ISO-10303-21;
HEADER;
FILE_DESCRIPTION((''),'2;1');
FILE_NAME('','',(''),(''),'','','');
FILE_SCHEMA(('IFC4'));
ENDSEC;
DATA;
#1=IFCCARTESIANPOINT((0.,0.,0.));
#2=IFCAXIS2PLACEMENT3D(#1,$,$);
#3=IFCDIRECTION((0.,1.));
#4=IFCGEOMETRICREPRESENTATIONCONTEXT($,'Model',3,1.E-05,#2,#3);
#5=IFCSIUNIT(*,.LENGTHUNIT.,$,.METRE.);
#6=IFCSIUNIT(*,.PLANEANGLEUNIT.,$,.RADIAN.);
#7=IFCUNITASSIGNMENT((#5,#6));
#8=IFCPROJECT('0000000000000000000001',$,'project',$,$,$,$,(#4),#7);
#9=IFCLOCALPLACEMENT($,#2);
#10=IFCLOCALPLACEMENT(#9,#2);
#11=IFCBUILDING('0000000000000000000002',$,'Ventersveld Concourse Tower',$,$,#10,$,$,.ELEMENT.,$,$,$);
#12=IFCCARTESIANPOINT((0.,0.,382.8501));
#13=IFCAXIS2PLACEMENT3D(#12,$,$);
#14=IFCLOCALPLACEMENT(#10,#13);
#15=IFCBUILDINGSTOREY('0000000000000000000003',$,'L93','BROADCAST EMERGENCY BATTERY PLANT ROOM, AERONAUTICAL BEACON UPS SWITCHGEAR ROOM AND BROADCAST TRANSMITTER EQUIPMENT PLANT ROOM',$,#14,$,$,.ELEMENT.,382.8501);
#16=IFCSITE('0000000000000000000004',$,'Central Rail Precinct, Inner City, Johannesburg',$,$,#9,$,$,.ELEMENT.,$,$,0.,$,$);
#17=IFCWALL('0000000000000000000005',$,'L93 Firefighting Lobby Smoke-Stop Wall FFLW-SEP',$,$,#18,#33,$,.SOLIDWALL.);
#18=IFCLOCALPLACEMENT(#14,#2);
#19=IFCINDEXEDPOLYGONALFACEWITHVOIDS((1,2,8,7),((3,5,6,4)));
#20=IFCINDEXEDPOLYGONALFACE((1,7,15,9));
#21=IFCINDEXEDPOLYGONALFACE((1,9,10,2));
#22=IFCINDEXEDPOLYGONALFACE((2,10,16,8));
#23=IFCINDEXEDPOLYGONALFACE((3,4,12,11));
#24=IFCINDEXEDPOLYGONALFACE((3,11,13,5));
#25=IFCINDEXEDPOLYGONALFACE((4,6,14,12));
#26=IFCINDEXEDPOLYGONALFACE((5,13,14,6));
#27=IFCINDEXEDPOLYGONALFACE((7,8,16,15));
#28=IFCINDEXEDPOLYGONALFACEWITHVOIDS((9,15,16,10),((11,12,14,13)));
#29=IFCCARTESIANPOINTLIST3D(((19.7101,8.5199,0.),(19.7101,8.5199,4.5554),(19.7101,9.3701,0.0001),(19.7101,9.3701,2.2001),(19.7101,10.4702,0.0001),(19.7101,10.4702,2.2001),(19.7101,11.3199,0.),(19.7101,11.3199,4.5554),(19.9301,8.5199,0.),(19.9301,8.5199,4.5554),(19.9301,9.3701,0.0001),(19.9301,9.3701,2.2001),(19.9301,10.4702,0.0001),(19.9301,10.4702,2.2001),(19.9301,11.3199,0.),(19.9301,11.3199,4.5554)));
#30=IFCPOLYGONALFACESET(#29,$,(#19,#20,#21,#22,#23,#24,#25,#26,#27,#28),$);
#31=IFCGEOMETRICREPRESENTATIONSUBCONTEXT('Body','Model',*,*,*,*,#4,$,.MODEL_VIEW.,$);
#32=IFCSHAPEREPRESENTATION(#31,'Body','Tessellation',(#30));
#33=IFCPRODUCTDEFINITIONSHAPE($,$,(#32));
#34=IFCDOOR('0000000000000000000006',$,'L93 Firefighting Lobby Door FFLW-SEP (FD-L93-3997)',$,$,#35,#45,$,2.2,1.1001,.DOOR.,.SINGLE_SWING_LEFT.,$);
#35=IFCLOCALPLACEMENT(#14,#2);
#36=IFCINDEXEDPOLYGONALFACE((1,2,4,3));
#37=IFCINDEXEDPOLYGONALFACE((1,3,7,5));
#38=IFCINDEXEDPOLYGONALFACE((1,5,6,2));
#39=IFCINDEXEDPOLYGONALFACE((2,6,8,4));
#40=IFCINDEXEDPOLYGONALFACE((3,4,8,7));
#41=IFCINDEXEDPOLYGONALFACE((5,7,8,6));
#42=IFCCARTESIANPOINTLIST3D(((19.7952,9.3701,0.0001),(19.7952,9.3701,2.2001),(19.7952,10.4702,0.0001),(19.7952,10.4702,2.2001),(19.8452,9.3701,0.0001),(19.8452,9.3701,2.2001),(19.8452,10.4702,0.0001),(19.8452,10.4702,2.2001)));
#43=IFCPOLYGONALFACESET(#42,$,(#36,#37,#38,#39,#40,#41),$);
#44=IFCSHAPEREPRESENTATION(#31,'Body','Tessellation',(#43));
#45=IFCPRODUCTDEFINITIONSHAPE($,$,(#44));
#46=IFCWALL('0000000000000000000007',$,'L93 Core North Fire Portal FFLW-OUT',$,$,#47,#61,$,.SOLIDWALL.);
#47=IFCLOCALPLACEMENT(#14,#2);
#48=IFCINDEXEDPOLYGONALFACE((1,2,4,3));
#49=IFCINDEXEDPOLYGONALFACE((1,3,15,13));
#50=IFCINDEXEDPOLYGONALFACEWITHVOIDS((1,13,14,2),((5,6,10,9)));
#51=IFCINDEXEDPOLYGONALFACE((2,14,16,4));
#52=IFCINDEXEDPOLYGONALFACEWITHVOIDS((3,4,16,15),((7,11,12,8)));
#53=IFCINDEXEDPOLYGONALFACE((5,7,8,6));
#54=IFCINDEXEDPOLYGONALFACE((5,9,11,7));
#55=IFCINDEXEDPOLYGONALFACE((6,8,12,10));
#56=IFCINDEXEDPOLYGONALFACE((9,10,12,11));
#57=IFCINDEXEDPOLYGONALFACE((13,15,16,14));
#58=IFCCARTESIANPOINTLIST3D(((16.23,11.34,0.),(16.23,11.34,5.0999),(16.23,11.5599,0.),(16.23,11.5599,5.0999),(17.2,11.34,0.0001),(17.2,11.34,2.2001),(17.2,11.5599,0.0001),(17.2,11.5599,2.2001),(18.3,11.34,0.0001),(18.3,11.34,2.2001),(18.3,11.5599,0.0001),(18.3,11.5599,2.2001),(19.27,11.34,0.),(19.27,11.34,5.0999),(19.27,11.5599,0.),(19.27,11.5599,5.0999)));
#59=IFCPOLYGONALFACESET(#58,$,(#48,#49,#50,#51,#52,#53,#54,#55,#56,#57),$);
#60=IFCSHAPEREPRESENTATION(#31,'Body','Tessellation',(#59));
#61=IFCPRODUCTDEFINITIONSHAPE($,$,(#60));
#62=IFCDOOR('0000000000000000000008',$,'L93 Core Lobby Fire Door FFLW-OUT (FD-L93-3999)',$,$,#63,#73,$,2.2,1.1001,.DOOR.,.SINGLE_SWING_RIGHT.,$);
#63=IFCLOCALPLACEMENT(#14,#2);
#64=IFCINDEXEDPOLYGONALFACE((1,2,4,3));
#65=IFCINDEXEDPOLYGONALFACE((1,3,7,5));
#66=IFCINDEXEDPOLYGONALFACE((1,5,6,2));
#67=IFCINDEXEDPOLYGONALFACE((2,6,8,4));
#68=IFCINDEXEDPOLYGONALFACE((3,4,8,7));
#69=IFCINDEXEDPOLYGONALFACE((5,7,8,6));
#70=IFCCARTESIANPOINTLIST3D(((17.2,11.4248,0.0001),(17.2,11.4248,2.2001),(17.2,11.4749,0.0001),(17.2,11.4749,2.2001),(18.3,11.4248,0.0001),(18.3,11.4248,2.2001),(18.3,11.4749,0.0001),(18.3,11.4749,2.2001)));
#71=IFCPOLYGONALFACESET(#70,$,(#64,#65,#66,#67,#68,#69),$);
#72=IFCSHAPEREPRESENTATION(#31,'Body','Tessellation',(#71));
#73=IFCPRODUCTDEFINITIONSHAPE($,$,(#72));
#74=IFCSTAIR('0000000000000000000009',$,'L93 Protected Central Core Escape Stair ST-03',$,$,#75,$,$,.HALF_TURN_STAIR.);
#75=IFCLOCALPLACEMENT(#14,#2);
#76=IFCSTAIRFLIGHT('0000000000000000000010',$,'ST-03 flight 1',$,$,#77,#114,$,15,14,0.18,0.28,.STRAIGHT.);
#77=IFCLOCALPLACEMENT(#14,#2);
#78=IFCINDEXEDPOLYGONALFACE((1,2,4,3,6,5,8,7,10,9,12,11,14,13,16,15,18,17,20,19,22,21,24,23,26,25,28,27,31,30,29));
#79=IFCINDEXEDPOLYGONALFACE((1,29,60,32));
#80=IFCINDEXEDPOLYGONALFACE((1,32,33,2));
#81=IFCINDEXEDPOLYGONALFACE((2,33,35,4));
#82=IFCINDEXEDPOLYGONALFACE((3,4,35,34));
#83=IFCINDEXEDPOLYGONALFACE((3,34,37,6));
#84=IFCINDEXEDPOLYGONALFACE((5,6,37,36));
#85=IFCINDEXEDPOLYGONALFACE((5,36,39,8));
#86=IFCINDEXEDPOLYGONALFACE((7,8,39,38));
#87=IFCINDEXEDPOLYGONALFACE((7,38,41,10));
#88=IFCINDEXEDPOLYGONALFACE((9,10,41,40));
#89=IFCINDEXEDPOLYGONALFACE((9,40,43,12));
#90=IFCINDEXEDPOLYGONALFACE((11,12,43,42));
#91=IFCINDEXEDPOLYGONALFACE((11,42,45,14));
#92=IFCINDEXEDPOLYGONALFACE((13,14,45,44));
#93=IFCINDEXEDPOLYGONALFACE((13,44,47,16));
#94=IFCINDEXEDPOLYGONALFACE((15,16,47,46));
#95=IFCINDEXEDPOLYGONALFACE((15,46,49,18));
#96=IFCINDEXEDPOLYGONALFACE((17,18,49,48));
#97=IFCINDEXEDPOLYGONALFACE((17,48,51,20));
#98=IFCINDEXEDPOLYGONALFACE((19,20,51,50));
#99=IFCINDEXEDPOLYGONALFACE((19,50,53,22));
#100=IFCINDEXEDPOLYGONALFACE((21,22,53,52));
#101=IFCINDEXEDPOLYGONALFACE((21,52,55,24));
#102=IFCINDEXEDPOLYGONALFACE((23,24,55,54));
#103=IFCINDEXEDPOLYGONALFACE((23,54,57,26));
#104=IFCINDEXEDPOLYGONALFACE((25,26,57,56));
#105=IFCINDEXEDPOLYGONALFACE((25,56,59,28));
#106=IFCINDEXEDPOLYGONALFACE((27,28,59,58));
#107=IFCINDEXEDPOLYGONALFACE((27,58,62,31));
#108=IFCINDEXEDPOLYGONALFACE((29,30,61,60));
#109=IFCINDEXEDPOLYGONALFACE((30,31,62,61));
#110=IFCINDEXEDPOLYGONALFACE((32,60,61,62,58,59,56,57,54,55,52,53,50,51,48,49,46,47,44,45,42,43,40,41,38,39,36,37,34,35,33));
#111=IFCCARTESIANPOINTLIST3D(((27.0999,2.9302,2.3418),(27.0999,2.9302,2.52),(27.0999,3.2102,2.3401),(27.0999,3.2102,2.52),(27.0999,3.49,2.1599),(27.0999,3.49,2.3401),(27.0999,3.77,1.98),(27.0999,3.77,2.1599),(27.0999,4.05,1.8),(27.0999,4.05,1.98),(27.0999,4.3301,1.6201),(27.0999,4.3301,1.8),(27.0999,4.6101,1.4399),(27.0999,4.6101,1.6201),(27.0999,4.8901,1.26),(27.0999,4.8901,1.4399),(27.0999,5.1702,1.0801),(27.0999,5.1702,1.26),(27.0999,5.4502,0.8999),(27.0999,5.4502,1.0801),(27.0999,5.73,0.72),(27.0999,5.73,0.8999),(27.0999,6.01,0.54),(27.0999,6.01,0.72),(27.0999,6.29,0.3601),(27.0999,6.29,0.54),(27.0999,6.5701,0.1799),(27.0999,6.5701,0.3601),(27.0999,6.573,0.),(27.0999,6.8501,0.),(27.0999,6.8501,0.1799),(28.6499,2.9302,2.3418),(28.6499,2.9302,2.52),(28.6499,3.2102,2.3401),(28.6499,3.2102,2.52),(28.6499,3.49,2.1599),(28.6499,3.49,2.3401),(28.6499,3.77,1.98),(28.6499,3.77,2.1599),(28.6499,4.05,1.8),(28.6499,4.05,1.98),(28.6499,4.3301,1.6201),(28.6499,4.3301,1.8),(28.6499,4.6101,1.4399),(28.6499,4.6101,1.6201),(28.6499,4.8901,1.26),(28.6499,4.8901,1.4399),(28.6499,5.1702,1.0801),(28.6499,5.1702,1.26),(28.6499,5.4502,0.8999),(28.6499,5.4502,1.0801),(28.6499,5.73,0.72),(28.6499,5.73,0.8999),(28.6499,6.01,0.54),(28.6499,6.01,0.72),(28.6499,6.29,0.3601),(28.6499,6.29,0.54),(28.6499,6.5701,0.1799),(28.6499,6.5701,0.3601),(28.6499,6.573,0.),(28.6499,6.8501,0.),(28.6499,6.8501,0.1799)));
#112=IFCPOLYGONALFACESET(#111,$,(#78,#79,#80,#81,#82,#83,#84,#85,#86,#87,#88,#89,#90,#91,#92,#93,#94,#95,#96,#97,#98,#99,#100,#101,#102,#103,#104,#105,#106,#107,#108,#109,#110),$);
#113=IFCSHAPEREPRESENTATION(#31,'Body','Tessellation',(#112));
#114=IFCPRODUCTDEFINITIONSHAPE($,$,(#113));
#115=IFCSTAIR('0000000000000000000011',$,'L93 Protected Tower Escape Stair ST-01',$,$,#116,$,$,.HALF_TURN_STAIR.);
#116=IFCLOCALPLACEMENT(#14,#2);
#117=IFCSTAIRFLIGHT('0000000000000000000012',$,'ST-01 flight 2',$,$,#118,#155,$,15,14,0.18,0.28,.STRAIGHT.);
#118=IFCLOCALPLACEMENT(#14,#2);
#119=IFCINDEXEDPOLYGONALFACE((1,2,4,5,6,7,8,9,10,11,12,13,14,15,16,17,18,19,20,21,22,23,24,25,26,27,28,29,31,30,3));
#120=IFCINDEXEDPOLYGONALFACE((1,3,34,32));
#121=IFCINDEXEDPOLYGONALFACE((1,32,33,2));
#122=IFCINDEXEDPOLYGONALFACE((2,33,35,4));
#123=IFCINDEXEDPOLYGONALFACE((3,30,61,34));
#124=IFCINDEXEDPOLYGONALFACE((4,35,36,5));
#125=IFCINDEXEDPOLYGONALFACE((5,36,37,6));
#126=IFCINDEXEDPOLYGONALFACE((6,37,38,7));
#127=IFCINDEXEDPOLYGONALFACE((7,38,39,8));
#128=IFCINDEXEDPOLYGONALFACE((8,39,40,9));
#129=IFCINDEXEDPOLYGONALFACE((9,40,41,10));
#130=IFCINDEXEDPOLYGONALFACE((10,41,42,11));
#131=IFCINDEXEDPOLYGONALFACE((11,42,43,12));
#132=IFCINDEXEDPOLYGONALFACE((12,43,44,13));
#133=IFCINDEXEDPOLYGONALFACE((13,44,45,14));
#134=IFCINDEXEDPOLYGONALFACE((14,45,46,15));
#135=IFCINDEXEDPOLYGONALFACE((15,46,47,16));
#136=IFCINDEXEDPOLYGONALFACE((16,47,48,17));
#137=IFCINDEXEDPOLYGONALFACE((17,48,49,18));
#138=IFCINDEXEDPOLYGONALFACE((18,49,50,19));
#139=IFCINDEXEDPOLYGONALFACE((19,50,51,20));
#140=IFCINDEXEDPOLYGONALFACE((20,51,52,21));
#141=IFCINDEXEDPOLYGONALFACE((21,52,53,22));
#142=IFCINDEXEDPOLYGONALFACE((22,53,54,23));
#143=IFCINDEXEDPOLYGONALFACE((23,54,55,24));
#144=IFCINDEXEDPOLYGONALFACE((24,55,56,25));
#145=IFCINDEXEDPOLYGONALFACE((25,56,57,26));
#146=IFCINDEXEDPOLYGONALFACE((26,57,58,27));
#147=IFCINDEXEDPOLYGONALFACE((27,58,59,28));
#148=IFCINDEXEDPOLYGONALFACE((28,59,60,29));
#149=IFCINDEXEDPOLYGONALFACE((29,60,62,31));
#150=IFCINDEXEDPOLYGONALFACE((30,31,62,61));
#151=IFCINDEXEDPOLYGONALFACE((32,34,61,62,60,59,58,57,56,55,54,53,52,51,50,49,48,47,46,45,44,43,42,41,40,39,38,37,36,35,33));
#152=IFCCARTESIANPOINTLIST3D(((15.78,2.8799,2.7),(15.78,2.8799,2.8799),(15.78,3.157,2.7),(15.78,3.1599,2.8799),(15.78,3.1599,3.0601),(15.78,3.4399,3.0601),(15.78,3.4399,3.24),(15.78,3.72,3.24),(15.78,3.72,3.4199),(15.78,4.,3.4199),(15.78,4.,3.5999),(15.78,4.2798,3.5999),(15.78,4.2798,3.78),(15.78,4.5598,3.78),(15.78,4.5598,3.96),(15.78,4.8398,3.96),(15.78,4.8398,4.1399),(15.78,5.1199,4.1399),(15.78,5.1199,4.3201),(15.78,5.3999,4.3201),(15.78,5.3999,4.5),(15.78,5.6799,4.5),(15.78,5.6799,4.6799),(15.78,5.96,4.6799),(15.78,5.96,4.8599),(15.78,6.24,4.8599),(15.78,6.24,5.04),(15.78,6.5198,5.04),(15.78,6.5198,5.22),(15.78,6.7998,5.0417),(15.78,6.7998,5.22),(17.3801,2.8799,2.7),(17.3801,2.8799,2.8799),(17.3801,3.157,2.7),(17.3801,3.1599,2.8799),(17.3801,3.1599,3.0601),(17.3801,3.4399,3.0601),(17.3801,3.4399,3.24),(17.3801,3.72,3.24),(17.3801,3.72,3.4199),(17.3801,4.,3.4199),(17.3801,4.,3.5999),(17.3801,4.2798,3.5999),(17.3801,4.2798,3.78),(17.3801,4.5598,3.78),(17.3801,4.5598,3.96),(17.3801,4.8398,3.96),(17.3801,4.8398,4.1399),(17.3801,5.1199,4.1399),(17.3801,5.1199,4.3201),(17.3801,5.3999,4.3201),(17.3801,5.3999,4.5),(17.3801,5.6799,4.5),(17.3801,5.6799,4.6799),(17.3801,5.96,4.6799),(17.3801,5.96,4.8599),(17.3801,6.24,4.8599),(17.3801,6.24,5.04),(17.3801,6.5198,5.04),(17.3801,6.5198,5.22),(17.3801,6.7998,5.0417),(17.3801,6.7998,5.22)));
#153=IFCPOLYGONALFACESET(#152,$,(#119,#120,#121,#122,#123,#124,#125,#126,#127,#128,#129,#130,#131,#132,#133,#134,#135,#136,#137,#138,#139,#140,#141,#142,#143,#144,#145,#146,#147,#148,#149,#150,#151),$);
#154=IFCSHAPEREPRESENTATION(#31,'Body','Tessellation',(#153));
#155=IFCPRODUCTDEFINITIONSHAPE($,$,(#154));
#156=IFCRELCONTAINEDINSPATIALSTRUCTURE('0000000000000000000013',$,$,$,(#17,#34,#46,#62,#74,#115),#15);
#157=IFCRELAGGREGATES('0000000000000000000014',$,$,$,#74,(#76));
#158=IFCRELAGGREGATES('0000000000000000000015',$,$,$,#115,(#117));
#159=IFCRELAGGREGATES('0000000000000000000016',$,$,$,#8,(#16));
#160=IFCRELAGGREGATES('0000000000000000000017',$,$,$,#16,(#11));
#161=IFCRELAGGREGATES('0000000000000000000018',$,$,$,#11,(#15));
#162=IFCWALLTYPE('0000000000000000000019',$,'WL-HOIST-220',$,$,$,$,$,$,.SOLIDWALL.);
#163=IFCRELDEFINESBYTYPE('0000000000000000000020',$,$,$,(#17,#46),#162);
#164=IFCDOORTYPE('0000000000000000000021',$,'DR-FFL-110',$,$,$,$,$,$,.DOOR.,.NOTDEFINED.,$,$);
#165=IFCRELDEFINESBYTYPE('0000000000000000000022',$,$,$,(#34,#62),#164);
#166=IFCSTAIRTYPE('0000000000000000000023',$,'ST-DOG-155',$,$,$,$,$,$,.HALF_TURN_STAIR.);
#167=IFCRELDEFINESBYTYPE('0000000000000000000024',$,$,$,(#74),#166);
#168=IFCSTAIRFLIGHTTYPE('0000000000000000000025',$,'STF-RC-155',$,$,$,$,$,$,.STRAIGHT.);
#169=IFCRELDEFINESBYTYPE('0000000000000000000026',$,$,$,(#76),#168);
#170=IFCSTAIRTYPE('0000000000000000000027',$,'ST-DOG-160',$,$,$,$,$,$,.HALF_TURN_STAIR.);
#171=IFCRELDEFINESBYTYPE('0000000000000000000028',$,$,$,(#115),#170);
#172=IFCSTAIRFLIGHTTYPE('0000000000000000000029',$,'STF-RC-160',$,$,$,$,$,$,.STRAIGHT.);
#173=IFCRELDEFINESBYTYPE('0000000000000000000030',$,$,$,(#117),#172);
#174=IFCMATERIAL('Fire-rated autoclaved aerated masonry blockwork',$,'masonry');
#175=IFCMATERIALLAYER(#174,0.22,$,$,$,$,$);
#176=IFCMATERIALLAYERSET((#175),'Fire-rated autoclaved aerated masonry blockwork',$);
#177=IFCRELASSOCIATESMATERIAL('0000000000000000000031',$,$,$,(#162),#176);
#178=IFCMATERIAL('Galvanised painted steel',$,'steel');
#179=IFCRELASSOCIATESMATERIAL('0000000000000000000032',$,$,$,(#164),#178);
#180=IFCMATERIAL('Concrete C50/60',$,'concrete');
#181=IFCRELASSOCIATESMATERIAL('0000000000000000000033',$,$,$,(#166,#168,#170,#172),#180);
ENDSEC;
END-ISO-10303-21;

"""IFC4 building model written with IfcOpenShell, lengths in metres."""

from ifc_helpers import new_model, si_unit, direction, frame, frame_2d, origin, place, context, subcontext, project, spatial, polyline, rectangle, outline, extrude, material, layer, layer_set, type_object, element, fill, aggregate, save


model = new_model("IFC4")

# Units and contexts
model_context = context("Model", 3, precision=1e-05, world=origin(), true_north=direction((0.0, 1.0)))
body_context = subcontext(model_context, "Body", "Model", "MODEL_VIEW")
ifc_project = project(units=[si_unit("LENGTHUNIT", "METRE"), si_unit("PLANEANGLEUNIT", "RADIAN")], contexts=[model_context])

# Site, building, storey
site_placement = place(None, origin())
site = spatial("IfcSite", under=ifc_project, at=site_placement, Name="Central Rail Precinct, Inner City, Johannesburg", CompositionType="ELEMENT", RefElevation=0.0)
building_placement = place(site_placement, origin())
building = spatial("IfcBuilding", under=site, at=building_placement, Name="Ventersveld Concourse Tower", CompositionType="ELEMENT")
storey_placement = place(building_placement, frame((0.0, 0.0, 382.8501)))
storey = spatial("IfcBuildingStorey", under=building, at=storey_placement, Name="L93", Description="BROADCAST EMERGENCY BATTERY PLANT ROOM, AERONAUTICAL BEACON UPS SWITCHGEAR ROOM AND BROADCAST TRANSMITTER EQUIPMENT PLANT ROOM", CompositionType="ELEMENT", Elevation=382.8501)

# Shared definitions
ifc_material_1 = material(Name="Concrete C50/60", Category="concrete")

# Shared definitions
ifc_material_2 = material(Name="Fire-rated autoclaved aerated masonry blockwork", Category="masonry")
ifc_layer_1 = layer(ifc_material_2, 0.22)
ifc_layer_set_1 = layer_set([ifc_layer_1], Name="Fire-rated autoclaved aerated masonry blockwork")
wall_type_1 = type_object("IfcWallType", Name="WL-HOIST-220", PredefinedType="SOLIDWALL", material=ifc_layer_set_1)

# Walls, openings, doors
ifc_material_3 = material(Name="Galvanised painted steel", Category="steel")
wall_1_placement = place(storey_placement, frame((19.8201, 8.52, 0.0), z_axis=(0.0, 0.0, 1.0), x_axis=(0.0, 1.0, 0.0)))
wall_1 = element("IfcWall", 1, at=wall_1_placement, inside=storey, type_object=wall_type_1, Name="L93 Firefighting Lobby Smoke-Stop Wall FFLW-SEP", PredefinedType="SOLIDWALL", context=body_context, shape_type="SweptSolid", body=[
    extrude(rectangle(XDim=2.8, YDim=0.22, at=frame_2d((1.3999, 0.0))), origin(), (0.0, 0.0, 1.0), 4.5554),
])
opening_1_placement = place(wall_1_placement, frame((0.8501, 0.0, 0.0)))
opening_1 = element("IfcOpeningElement", 2, at=opening_1_placement, cuts=wall_1, PredefinedType="OPENING", context=body_context, shape_type="SweptSolid", body=[
    extrude(rectangle(XDim=1.1001, YDim=2.2, at=frame_2d((0.55, 1.1001))), frame((0.0, 0.1201, 0.0), z_axis=(0.0, -1.0, 0.0), x_axis=(1.0, 0.0, 0.0)), (0.0, 0.0, 1.0), 0.24),
])
door_type_1 = type_object("IfcDoorType", Name="DR-FFL-110", OperationType="NOTDEFINED", PredefinedType="DOOR", material=ifc_material_3)
door_1_placement = place(opening_1_placement, origin())
door_1 = element("IfcDoor", 3, at=door_1_placement, inside=storey, type_object=door_type_1, Name="L93 Firefighting Lobby Door FFLW-SEP (FD-L93-3997)", OperationType="SINGLE_SWING_LEFT", OverallHeight=2.2, OverallWidth=1.1001, PredefinedType="DOOR", context=body_context, shape_type="SweptSolid", body=[
    extrude(rectangle(XDim=1.1001, YDim=2.2, at=frame_2d((0.55, 1.1001))), frame((0.0, 0.0249, 0.0), z_axis=(0.0, -1.0, 0.0), x_axis=(1.0, 0.0, 0.0)), (0.0, 0.0, 1.0), 0.05),
])
fill(opening_1, door_1)
wall_2_placement = place(storey_placement, frame((16.23, 11.45, 0.0), z_axis=(0.0, 0.0, 1.0), x_axis=(1.0, 0.0, 0.0)))
wall_2 = element("IfcWall", 4, at=wall_2_placement, inside=storey, type_object=wall_type_1, Name="L93 Core North Fire Portal FFLW-OUT", PredefinedType="SOLIDWALL", context=body_context, shape_type="SweptSolid", body=[
    extrude(rectangle(XDim=3.04, YDim=0.22, at=frame_2d((1.52, 0.0))), origin(), (0.0, 0.0, 1.0), 5.0999),
])
opening_2_placement = place(wall_2_placement, frame((0.97, 0.0, 0.0)))
opening_2 = element("IfcOpeningElement", 5, at=opening_2_placement, cuts=wall_2, PredefinedType="OPENING", context=body_context, shape_type="SweptSolid", body=[
    extrude(rectangle(XDim=1.1001, YDim=2.2, at=frame_2d((0.55, 1.1001))), frame((0.0, 0.1201, 0.0), z_axis=(0.0, -1.0, 0.0), x_axis=(1.0, 0.0, 0.0)), (0.0, 0.0, 1.0), 0.24),
])
door_2_placement = place(opening_2_placement, origin())
door_2 = element("IfcDoor", 6, at=door_2_placement, inside=storey, type_object=door_type_1, Name="L93 Core Lobby Fire Door FFLW-OUT (FD-L93-3999)", OperationType="SINGLE_SWING_RIGHT", OverallHeight=2.2, OverallWidth=1.1001, PredefinedType="DOOR", context=body_context, shape_type="SweptSolid", body=[
    extrude(rectangle(XDim=1.1001, YDim=2.2, at=frame_2d((0.55, 1.1001))), frame((0.0, 0.0249, 0.0), z_axis=(0.0, -1.0, 0.0), x_axis=(1.0, 0.0, 0.0)), (0.0, 0.0, 1.0), 0.05),
])
fill(opening_2, door_2)

# Stairs, stair flights
stair_type_1 = type_object("IfcStairType", Name="ST-DOG-155", PredefinedType="HALF_TURN_STAIR", material=ifc_material_1)
stair_1_placement = place(storey_placement, origin())
stair_1 = element("IfcStair", 7, at=stair_1_placement, inside=storey, type_object=stair_type_1, Name="L93 Protected Central Core Escape Stair ST-03", PredefinedType="HALF_TURN_STAIR")
stair_flight_type_1 = type_object("IfcStairFlightType", Name="STF-RC-155", PredefinedType="STRAIGHT", material=ifc_material_1)
stair_flight_1_placement = place(storey_placement, frame((27.875, 6.8501, 0.0), z_axis=(0.0, 0.0, 1.0), x_axis=(0.0, -1.0, 0.0)))
stair_flight_1 = element("IfcStairFlight", 8, at=stair_flight_1_placement, type_object=stair_flight_type_1, Name="ST-03 flight 1", NumberOfRisers=15, NumberOfTreads=14, PredefinedType="STRAIGHT", RiserHeight=0.18, TreadLength=0.28, context=body_context, shape_type="SweptSolid", body=[
    extrude(outline(polyline([(0.0, 0.0), (0.0, 0.1799), (0.28, 0.1799), (0.28, 0.3601), (0.5601, 0.3601), (0.5601, 0.54), (0.8401, 0.54), (0.8401, 0.72), (1.1201, 0.72), (1.1201, 0.8999), (1.3999, 0.8999), (1.3999, 1.0801), (1.6799, 1.0801), (1.6799, 1.26), (1.96, 1.26), (1.96, 1.4399), (2.24, 1.4399), (2.24, 1.6201), (2.52, 1.6201), (2.52, 1.8), (2.8, 1.8), (2.8, 1.98), (3.0801, 1.98), (3.0801, 2.1599), (3.3601, 2.1599), (3.3601, 2.3401), (3.6399, 2.3401), (3.6399, 2.52), (3.9199, 2.52), (3.9199, 2.7), (3.9199, 2.3418), (0.2771, 0.0), (0.0, 0.0)])), frame((0.0, 0.7749, 0.0), z_axis=(0.0, -1.0, 0.0), x_axis=(1.0, 0.0, 0.0)), (0.0, 0.0, 1.0), 1.55),
])
aggregate(stair_1, [stair_flight_1])
stair_type_2 = type_object("IfcStairType", Name="ST-DOG-160", PredefinedType="HALF_TURN_STAIR", material=ifc_material_1)
stair_2_placement = place(storey_placement, origin())
stair_2 = element("IfcStair", 9, at=stair_2_placement, inside=storey, type_object=stair_type_2, Name="L93 Protected Tower Escape Stair ST-01", PredefinedType="HALF_TURN_STAIR")
stair_flight_type_2 = type_object("IfcStairFlightType", Name="STF-RC-160", PredefinedType="STRAIGHT", material=ifc_material_1)
stair_flight_2_placement = place(storey_placement, frame((16.5801, 2.8799, 2.7), z_axis=(0.0, 0.0, 1.0), x_axis=(0.0, 1.0, 0.0)))
stair_flight_2 = element("IfcStairFlight", 10, at=stair_flight_2_placement, type_object=stair_flight_type_2, Name="ST-01 flight 2", NumberOfRisers=15, NumberOfTreads=14, PredefinedType="STRAIGHT", RiserHeight=0.18, TreadLength=0.28, context=body_context, shape_type="SweptSolid", body=[
    extrude(outline(polyline([(0.0, 0.0), (0.0, 0.1799), (0.28, 0.1799), (0.28, 0.3601), (0.5601, 0.3601), (0.5601, 0.54), (0.8401, 0.54), (0.8401, 0.72), (1.1201, 0.72), (1.1201, 0.8999), (1.3999, 0.8999), (1.3999, 1.0801), (1.6799, 1.0801), (1.6799, 1.26), (1.96, 1.26), (1.96, 1.4399), (2.24, 1.4399), (2.24, 1.6201), (2.52, 1.6201), (2.52, 1.8), (2.8, 1.8), (2.8, 1.98), (3.0801, 1.98), (3.0801, 2.1599), (3.3601, 2.1599), (3.3601, 2.3401), (3.6399, 2.3401), (3.6399, 2.52), (3.9199, 2.52), (3.9199, 2.7), (3.9199, 2.3418), (0.2771, 0.0), (0.0, 0.0)])), frame((0.0, 0.8, 0.0), z_axis=(0.0, -1.0, 0.0), x_axis=(1.0, 0.0, 0.0)), (0.0, 0.0, 1.0), 1.6001),
])
aggregate(stair_2, [stair_flight_2])

save(model, "model.ifc")
